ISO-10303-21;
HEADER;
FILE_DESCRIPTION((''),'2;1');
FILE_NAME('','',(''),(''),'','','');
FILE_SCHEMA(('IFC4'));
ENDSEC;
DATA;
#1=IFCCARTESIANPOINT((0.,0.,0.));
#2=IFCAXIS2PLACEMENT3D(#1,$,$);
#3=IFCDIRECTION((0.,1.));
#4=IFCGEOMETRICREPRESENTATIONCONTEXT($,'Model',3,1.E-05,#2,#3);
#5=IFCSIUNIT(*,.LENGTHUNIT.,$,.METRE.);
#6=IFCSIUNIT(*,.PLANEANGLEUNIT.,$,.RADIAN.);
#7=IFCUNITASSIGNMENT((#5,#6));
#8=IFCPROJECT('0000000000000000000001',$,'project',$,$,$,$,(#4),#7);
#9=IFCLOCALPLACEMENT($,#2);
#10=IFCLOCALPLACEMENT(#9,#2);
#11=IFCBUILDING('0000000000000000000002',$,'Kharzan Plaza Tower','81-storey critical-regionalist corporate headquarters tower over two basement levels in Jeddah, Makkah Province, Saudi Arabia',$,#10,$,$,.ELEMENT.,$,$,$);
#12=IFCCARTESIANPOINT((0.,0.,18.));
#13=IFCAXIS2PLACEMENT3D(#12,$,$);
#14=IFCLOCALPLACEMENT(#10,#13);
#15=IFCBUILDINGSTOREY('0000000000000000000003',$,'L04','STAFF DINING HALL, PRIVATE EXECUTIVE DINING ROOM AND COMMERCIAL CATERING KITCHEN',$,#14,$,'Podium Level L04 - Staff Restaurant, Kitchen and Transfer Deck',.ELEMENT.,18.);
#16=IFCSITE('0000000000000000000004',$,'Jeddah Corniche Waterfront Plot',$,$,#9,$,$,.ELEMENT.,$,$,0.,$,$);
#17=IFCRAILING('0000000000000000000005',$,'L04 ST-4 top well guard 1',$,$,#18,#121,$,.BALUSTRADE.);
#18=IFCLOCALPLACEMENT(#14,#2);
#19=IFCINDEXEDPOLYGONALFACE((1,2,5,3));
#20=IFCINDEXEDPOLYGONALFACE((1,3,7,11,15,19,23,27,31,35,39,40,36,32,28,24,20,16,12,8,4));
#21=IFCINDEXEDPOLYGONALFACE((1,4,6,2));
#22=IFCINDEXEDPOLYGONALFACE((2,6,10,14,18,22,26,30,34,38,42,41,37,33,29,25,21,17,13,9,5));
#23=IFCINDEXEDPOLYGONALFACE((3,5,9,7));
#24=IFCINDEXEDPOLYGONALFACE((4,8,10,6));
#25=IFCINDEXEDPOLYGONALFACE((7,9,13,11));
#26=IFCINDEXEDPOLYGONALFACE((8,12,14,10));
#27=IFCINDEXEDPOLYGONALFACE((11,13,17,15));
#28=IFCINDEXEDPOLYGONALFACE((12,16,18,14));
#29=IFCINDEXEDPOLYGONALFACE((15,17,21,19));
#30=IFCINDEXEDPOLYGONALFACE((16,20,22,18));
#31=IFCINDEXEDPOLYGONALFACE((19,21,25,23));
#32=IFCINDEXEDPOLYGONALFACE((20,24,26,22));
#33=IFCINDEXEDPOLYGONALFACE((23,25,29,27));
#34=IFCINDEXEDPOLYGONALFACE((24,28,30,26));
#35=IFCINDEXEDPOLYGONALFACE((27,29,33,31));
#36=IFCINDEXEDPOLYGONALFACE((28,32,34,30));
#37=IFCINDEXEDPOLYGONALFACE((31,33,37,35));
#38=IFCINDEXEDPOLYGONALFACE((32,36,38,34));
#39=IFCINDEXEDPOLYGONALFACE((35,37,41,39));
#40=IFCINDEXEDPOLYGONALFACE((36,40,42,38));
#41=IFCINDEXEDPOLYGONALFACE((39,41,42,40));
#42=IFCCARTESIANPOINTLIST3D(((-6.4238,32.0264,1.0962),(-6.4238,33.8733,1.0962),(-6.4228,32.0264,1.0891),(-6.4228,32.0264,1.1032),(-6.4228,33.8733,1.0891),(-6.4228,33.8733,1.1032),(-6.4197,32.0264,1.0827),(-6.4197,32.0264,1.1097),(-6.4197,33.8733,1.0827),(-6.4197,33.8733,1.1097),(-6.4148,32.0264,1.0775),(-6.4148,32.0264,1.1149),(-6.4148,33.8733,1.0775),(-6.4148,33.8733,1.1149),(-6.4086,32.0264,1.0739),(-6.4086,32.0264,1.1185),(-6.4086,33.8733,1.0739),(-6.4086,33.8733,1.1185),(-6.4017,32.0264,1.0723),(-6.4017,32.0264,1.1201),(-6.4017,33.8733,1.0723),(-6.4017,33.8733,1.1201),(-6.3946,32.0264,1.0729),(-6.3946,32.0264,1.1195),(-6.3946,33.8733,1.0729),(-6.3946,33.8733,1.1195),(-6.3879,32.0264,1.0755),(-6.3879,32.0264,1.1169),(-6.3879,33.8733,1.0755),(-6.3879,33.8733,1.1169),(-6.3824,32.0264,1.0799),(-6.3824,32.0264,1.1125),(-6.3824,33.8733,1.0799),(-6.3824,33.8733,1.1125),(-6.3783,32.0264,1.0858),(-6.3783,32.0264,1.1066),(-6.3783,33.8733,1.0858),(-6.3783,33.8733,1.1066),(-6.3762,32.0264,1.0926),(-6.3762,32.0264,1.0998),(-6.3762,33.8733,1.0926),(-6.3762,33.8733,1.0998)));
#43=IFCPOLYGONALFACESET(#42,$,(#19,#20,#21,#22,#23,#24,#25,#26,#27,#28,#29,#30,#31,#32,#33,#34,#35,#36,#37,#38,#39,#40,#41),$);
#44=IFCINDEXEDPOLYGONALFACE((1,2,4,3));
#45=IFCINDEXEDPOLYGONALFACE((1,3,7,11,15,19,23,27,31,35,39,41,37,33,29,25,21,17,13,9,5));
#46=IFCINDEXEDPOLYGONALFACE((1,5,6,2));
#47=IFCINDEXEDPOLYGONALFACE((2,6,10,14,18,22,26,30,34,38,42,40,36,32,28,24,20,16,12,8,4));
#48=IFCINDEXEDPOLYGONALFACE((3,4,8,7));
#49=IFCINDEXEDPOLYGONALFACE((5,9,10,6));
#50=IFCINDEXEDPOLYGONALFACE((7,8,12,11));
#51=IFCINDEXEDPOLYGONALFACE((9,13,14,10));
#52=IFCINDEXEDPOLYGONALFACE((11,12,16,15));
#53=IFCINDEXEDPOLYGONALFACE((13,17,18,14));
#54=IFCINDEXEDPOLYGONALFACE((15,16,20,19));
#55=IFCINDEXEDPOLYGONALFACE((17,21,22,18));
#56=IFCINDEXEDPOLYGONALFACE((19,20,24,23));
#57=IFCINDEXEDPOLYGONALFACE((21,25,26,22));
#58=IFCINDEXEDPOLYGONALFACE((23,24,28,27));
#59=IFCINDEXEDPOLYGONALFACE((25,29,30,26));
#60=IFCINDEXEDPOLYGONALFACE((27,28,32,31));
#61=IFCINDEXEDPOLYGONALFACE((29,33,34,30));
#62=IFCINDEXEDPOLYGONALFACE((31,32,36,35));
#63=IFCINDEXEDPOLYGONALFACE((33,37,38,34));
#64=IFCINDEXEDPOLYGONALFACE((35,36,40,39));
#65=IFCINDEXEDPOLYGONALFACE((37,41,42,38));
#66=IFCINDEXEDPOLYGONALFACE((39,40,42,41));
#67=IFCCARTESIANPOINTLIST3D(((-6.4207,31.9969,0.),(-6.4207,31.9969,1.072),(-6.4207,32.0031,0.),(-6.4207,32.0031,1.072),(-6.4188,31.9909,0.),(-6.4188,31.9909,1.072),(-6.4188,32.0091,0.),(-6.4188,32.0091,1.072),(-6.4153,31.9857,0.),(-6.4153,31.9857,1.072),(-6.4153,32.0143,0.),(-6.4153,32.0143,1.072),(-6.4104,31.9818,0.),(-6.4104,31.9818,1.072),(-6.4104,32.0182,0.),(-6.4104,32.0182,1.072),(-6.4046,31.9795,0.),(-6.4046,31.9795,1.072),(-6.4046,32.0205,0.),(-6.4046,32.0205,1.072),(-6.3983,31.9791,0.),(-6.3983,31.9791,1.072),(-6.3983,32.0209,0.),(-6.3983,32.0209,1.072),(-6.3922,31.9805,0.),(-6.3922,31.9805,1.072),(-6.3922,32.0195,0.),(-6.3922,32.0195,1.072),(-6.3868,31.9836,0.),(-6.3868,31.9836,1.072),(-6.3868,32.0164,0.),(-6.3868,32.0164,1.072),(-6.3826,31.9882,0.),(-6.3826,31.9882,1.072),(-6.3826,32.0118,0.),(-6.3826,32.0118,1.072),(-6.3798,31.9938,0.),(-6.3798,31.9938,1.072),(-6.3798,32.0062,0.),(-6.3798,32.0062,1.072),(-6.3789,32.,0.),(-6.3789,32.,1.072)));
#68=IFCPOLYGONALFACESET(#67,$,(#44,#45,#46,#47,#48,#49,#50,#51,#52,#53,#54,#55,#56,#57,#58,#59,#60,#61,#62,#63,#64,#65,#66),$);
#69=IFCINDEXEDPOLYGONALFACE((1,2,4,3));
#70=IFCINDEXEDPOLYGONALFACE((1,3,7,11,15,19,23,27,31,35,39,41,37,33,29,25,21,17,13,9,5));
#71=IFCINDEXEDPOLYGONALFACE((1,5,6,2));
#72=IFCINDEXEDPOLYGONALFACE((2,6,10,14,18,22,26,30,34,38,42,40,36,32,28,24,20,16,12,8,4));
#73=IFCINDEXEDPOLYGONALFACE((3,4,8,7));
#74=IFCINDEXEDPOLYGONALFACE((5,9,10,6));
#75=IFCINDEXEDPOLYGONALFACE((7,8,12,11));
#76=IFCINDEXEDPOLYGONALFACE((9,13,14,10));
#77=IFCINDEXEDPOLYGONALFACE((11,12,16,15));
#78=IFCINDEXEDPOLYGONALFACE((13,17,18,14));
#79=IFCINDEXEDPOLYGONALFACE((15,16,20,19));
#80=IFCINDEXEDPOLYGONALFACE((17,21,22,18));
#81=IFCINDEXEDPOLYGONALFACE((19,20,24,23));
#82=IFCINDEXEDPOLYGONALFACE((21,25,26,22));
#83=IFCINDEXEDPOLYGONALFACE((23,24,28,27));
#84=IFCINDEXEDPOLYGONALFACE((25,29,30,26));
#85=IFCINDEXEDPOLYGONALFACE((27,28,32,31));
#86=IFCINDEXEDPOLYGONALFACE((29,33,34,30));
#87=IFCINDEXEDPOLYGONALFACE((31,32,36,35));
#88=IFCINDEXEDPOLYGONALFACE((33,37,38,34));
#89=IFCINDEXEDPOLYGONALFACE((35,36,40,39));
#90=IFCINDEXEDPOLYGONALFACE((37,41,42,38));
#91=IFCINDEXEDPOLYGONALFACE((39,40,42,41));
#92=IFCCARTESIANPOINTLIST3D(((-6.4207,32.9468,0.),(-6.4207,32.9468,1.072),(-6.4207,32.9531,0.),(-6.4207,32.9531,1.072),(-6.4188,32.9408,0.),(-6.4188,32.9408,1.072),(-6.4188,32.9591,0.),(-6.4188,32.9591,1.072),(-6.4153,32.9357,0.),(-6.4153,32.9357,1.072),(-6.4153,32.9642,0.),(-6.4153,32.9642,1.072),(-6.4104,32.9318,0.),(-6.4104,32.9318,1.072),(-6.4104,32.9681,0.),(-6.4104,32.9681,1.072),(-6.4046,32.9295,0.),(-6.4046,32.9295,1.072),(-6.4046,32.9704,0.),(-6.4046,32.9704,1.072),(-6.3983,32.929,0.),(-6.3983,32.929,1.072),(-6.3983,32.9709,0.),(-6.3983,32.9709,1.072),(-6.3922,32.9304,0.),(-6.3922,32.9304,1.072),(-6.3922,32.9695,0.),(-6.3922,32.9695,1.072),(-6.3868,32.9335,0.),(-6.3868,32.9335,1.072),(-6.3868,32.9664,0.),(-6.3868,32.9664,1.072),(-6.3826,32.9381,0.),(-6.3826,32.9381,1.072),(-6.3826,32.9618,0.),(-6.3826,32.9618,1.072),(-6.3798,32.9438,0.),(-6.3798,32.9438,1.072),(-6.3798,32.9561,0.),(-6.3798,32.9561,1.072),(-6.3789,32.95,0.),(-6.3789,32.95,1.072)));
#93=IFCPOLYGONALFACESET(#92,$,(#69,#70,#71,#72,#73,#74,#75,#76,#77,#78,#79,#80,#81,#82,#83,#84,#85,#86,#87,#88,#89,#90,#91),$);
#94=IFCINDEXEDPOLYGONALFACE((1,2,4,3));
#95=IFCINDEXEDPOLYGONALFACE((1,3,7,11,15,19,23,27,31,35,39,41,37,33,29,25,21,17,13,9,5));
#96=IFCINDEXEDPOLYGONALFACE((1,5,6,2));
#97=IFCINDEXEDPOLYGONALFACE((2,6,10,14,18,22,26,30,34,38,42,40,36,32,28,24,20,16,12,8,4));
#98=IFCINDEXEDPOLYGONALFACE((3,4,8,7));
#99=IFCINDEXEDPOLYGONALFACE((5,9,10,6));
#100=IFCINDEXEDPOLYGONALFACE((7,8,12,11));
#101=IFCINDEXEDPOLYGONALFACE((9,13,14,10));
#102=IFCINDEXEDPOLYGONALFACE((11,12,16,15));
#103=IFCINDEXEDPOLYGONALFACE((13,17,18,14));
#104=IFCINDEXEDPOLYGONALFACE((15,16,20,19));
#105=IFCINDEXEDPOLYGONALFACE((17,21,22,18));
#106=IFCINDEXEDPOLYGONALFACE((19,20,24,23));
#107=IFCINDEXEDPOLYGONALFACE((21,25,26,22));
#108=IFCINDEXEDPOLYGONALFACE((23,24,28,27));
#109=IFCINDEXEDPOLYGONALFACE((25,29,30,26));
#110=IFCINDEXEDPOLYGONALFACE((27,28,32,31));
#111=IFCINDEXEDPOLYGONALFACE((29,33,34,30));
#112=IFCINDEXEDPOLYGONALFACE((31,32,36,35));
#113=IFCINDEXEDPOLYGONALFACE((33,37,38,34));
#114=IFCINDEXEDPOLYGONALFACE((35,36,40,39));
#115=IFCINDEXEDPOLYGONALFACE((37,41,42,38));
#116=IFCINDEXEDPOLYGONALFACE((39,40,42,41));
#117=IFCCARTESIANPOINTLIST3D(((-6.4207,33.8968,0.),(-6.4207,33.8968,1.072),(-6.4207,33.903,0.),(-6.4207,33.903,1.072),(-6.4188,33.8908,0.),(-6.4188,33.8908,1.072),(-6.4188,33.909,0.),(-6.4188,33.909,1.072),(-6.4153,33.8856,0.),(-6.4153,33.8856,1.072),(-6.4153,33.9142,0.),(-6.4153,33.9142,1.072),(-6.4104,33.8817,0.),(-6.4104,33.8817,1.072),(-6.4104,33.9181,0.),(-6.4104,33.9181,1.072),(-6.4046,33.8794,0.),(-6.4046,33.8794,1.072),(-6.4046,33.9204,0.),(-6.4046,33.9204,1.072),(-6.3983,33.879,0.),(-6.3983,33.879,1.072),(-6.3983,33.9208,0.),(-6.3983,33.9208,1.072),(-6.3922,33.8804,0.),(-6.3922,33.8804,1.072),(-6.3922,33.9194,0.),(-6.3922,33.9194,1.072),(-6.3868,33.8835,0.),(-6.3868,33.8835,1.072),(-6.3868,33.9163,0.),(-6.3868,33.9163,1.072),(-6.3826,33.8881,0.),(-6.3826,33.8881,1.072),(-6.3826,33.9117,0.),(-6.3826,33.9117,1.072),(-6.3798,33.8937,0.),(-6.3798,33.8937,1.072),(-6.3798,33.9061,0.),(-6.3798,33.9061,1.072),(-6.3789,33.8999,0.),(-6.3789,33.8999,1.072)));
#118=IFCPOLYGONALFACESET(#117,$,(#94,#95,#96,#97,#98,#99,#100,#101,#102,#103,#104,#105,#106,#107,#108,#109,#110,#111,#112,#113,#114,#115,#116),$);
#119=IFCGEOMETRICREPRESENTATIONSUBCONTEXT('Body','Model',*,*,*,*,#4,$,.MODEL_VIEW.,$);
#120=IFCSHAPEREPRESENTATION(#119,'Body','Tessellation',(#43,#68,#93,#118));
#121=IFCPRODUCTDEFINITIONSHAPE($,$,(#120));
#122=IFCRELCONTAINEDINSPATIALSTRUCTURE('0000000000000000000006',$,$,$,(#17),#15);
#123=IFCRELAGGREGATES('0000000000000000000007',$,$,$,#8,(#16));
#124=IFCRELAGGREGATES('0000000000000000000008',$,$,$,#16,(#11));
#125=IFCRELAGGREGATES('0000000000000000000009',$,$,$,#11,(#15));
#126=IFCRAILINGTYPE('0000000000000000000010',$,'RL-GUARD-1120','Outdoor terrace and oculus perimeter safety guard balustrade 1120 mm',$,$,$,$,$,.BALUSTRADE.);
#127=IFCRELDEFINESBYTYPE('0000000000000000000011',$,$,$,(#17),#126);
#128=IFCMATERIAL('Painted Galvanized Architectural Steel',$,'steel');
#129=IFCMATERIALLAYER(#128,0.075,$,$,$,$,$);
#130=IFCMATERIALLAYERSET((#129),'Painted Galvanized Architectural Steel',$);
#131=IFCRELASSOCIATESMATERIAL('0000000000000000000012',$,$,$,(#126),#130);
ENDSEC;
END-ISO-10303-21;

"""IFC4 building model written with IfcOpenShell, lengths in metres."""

from ifc_helpers import new_model, si_unit, direction, frame, origin, origin_2d, place, context, subcontext, project, spatial, circle, extrude, source, transform, mapped, material, layer, layer_set, type_object, element, save


model = new_model("IFC4")

# Units and contexts
model_context = context("Model", 3, precision=1e-05, world=origin(), true_north=direction((0.0, 1.0)))
body_context = subcontext(model_context, "Body", "Model", "MODEL_VIEW")
ifc_project = project(units=[si_unit("LENGTHUNIT", "METRE"), si_unit("PLANEANGLEUNIT", "RADIAN")], contexts=[model_context])

# Site, building, storey
site_placement = place(None, origin())
site = spatial("IfcSite", under=ifc_project, at=site_placement, Name="Jeddah Corniche Waterfront Plot", CompositionType="ELEMENT", RefElevation=0.0)
building_placement = place(site_placement, origin())
building = spatial("IfcBuilding", under=site, at=building_placement, Name="Kharzan Plaza Tower", Description="81-storey critical-regionalist corporate headquarters tower over two basement levels in Jeddah, Makkah Province, Saudi Arabia", CompositionType="ELEMENT")
storey_placement = place(building_placement, frame((0.0, 0.0, 18.0)))
storey = spatial("IfcBuildingStorey", under=building, at=storey_placement, Name="L04", Description="STAFF DINING HALL, PRIVATE EXECUTIVE DINING ROOM AND COMMERCIAL CATERING KITCHEN", LongName="Podium Level L04 - Staff Restaurant, Kitchen and Transfer Deck", CompositionType="ELEMENT", Elevation=18.0)

# Railing
ifc_material_1 = material(Name="Painted Galvanized Architectural Steel", Category="steel")
ifc_layer_1 = layer(ifc_material_1, 0.075)
ifc_layer_set_1 = layer_set([ifc_layer_1], Name="Painted Galvanized Architectural Steel")
railing_type = type_object("IfcRailingType", Name="RL-GUARD-1120", Description="Outdoor terrace and oculus perimeter safety guard balustrade 1120 mm", PredefinedType="BALUSTRADE", material=ifc_layer_set_1)
shared_shape_1 = source(origin(), body_context, "Body", "SweptSolid", [
    extrude(circle(Radius=0.0239, at=origin_2d()), frame((0.0, 0.0264, 1.0962), z_axis=(0.0, 1.0, 0.0), x_axis=(-1.0, 0.0, 0.0)), (0.0, 0.0, 1.0), 1.8469),
    extrude(circle(Radius=0.021, at=origin_2d()), origin(), (0.0, 0.0, 1.0), 1.072),
    extrude(circle(Radius=0.021, at=origin_2d()), frame((0.0, 0.95, 0.0)), (0.0, 0.0, 1.0), 1.072),
    extrude(circle(Radius=0.021, at=origin_2d()), frame((0.0, 1.8999, 0.0)), (0.0, 0.0, 1.0), 1.072),
])
railing_placement = place(storey_placement, frame((-6.3999, 32.0, 0.0)))
element("IfcRailing", 1, at=railing_placement, inside=storey, type_object=railing_type, Name="L04 ST-4 top well guard 1", PredefinedType="BALUSTRADE", context=body_context, shape_type="MappedRepresentation", body=[
    mapped(shared_shape_1, transform((0.0, 0.0, 0.0), x_axis=(1.0, 0.0, 0.0), y_axis=(0.0, 1.0, 0.0), z_axis=(0.0, 0.0, 1.0))),
])

save(model, "model.ifc")
